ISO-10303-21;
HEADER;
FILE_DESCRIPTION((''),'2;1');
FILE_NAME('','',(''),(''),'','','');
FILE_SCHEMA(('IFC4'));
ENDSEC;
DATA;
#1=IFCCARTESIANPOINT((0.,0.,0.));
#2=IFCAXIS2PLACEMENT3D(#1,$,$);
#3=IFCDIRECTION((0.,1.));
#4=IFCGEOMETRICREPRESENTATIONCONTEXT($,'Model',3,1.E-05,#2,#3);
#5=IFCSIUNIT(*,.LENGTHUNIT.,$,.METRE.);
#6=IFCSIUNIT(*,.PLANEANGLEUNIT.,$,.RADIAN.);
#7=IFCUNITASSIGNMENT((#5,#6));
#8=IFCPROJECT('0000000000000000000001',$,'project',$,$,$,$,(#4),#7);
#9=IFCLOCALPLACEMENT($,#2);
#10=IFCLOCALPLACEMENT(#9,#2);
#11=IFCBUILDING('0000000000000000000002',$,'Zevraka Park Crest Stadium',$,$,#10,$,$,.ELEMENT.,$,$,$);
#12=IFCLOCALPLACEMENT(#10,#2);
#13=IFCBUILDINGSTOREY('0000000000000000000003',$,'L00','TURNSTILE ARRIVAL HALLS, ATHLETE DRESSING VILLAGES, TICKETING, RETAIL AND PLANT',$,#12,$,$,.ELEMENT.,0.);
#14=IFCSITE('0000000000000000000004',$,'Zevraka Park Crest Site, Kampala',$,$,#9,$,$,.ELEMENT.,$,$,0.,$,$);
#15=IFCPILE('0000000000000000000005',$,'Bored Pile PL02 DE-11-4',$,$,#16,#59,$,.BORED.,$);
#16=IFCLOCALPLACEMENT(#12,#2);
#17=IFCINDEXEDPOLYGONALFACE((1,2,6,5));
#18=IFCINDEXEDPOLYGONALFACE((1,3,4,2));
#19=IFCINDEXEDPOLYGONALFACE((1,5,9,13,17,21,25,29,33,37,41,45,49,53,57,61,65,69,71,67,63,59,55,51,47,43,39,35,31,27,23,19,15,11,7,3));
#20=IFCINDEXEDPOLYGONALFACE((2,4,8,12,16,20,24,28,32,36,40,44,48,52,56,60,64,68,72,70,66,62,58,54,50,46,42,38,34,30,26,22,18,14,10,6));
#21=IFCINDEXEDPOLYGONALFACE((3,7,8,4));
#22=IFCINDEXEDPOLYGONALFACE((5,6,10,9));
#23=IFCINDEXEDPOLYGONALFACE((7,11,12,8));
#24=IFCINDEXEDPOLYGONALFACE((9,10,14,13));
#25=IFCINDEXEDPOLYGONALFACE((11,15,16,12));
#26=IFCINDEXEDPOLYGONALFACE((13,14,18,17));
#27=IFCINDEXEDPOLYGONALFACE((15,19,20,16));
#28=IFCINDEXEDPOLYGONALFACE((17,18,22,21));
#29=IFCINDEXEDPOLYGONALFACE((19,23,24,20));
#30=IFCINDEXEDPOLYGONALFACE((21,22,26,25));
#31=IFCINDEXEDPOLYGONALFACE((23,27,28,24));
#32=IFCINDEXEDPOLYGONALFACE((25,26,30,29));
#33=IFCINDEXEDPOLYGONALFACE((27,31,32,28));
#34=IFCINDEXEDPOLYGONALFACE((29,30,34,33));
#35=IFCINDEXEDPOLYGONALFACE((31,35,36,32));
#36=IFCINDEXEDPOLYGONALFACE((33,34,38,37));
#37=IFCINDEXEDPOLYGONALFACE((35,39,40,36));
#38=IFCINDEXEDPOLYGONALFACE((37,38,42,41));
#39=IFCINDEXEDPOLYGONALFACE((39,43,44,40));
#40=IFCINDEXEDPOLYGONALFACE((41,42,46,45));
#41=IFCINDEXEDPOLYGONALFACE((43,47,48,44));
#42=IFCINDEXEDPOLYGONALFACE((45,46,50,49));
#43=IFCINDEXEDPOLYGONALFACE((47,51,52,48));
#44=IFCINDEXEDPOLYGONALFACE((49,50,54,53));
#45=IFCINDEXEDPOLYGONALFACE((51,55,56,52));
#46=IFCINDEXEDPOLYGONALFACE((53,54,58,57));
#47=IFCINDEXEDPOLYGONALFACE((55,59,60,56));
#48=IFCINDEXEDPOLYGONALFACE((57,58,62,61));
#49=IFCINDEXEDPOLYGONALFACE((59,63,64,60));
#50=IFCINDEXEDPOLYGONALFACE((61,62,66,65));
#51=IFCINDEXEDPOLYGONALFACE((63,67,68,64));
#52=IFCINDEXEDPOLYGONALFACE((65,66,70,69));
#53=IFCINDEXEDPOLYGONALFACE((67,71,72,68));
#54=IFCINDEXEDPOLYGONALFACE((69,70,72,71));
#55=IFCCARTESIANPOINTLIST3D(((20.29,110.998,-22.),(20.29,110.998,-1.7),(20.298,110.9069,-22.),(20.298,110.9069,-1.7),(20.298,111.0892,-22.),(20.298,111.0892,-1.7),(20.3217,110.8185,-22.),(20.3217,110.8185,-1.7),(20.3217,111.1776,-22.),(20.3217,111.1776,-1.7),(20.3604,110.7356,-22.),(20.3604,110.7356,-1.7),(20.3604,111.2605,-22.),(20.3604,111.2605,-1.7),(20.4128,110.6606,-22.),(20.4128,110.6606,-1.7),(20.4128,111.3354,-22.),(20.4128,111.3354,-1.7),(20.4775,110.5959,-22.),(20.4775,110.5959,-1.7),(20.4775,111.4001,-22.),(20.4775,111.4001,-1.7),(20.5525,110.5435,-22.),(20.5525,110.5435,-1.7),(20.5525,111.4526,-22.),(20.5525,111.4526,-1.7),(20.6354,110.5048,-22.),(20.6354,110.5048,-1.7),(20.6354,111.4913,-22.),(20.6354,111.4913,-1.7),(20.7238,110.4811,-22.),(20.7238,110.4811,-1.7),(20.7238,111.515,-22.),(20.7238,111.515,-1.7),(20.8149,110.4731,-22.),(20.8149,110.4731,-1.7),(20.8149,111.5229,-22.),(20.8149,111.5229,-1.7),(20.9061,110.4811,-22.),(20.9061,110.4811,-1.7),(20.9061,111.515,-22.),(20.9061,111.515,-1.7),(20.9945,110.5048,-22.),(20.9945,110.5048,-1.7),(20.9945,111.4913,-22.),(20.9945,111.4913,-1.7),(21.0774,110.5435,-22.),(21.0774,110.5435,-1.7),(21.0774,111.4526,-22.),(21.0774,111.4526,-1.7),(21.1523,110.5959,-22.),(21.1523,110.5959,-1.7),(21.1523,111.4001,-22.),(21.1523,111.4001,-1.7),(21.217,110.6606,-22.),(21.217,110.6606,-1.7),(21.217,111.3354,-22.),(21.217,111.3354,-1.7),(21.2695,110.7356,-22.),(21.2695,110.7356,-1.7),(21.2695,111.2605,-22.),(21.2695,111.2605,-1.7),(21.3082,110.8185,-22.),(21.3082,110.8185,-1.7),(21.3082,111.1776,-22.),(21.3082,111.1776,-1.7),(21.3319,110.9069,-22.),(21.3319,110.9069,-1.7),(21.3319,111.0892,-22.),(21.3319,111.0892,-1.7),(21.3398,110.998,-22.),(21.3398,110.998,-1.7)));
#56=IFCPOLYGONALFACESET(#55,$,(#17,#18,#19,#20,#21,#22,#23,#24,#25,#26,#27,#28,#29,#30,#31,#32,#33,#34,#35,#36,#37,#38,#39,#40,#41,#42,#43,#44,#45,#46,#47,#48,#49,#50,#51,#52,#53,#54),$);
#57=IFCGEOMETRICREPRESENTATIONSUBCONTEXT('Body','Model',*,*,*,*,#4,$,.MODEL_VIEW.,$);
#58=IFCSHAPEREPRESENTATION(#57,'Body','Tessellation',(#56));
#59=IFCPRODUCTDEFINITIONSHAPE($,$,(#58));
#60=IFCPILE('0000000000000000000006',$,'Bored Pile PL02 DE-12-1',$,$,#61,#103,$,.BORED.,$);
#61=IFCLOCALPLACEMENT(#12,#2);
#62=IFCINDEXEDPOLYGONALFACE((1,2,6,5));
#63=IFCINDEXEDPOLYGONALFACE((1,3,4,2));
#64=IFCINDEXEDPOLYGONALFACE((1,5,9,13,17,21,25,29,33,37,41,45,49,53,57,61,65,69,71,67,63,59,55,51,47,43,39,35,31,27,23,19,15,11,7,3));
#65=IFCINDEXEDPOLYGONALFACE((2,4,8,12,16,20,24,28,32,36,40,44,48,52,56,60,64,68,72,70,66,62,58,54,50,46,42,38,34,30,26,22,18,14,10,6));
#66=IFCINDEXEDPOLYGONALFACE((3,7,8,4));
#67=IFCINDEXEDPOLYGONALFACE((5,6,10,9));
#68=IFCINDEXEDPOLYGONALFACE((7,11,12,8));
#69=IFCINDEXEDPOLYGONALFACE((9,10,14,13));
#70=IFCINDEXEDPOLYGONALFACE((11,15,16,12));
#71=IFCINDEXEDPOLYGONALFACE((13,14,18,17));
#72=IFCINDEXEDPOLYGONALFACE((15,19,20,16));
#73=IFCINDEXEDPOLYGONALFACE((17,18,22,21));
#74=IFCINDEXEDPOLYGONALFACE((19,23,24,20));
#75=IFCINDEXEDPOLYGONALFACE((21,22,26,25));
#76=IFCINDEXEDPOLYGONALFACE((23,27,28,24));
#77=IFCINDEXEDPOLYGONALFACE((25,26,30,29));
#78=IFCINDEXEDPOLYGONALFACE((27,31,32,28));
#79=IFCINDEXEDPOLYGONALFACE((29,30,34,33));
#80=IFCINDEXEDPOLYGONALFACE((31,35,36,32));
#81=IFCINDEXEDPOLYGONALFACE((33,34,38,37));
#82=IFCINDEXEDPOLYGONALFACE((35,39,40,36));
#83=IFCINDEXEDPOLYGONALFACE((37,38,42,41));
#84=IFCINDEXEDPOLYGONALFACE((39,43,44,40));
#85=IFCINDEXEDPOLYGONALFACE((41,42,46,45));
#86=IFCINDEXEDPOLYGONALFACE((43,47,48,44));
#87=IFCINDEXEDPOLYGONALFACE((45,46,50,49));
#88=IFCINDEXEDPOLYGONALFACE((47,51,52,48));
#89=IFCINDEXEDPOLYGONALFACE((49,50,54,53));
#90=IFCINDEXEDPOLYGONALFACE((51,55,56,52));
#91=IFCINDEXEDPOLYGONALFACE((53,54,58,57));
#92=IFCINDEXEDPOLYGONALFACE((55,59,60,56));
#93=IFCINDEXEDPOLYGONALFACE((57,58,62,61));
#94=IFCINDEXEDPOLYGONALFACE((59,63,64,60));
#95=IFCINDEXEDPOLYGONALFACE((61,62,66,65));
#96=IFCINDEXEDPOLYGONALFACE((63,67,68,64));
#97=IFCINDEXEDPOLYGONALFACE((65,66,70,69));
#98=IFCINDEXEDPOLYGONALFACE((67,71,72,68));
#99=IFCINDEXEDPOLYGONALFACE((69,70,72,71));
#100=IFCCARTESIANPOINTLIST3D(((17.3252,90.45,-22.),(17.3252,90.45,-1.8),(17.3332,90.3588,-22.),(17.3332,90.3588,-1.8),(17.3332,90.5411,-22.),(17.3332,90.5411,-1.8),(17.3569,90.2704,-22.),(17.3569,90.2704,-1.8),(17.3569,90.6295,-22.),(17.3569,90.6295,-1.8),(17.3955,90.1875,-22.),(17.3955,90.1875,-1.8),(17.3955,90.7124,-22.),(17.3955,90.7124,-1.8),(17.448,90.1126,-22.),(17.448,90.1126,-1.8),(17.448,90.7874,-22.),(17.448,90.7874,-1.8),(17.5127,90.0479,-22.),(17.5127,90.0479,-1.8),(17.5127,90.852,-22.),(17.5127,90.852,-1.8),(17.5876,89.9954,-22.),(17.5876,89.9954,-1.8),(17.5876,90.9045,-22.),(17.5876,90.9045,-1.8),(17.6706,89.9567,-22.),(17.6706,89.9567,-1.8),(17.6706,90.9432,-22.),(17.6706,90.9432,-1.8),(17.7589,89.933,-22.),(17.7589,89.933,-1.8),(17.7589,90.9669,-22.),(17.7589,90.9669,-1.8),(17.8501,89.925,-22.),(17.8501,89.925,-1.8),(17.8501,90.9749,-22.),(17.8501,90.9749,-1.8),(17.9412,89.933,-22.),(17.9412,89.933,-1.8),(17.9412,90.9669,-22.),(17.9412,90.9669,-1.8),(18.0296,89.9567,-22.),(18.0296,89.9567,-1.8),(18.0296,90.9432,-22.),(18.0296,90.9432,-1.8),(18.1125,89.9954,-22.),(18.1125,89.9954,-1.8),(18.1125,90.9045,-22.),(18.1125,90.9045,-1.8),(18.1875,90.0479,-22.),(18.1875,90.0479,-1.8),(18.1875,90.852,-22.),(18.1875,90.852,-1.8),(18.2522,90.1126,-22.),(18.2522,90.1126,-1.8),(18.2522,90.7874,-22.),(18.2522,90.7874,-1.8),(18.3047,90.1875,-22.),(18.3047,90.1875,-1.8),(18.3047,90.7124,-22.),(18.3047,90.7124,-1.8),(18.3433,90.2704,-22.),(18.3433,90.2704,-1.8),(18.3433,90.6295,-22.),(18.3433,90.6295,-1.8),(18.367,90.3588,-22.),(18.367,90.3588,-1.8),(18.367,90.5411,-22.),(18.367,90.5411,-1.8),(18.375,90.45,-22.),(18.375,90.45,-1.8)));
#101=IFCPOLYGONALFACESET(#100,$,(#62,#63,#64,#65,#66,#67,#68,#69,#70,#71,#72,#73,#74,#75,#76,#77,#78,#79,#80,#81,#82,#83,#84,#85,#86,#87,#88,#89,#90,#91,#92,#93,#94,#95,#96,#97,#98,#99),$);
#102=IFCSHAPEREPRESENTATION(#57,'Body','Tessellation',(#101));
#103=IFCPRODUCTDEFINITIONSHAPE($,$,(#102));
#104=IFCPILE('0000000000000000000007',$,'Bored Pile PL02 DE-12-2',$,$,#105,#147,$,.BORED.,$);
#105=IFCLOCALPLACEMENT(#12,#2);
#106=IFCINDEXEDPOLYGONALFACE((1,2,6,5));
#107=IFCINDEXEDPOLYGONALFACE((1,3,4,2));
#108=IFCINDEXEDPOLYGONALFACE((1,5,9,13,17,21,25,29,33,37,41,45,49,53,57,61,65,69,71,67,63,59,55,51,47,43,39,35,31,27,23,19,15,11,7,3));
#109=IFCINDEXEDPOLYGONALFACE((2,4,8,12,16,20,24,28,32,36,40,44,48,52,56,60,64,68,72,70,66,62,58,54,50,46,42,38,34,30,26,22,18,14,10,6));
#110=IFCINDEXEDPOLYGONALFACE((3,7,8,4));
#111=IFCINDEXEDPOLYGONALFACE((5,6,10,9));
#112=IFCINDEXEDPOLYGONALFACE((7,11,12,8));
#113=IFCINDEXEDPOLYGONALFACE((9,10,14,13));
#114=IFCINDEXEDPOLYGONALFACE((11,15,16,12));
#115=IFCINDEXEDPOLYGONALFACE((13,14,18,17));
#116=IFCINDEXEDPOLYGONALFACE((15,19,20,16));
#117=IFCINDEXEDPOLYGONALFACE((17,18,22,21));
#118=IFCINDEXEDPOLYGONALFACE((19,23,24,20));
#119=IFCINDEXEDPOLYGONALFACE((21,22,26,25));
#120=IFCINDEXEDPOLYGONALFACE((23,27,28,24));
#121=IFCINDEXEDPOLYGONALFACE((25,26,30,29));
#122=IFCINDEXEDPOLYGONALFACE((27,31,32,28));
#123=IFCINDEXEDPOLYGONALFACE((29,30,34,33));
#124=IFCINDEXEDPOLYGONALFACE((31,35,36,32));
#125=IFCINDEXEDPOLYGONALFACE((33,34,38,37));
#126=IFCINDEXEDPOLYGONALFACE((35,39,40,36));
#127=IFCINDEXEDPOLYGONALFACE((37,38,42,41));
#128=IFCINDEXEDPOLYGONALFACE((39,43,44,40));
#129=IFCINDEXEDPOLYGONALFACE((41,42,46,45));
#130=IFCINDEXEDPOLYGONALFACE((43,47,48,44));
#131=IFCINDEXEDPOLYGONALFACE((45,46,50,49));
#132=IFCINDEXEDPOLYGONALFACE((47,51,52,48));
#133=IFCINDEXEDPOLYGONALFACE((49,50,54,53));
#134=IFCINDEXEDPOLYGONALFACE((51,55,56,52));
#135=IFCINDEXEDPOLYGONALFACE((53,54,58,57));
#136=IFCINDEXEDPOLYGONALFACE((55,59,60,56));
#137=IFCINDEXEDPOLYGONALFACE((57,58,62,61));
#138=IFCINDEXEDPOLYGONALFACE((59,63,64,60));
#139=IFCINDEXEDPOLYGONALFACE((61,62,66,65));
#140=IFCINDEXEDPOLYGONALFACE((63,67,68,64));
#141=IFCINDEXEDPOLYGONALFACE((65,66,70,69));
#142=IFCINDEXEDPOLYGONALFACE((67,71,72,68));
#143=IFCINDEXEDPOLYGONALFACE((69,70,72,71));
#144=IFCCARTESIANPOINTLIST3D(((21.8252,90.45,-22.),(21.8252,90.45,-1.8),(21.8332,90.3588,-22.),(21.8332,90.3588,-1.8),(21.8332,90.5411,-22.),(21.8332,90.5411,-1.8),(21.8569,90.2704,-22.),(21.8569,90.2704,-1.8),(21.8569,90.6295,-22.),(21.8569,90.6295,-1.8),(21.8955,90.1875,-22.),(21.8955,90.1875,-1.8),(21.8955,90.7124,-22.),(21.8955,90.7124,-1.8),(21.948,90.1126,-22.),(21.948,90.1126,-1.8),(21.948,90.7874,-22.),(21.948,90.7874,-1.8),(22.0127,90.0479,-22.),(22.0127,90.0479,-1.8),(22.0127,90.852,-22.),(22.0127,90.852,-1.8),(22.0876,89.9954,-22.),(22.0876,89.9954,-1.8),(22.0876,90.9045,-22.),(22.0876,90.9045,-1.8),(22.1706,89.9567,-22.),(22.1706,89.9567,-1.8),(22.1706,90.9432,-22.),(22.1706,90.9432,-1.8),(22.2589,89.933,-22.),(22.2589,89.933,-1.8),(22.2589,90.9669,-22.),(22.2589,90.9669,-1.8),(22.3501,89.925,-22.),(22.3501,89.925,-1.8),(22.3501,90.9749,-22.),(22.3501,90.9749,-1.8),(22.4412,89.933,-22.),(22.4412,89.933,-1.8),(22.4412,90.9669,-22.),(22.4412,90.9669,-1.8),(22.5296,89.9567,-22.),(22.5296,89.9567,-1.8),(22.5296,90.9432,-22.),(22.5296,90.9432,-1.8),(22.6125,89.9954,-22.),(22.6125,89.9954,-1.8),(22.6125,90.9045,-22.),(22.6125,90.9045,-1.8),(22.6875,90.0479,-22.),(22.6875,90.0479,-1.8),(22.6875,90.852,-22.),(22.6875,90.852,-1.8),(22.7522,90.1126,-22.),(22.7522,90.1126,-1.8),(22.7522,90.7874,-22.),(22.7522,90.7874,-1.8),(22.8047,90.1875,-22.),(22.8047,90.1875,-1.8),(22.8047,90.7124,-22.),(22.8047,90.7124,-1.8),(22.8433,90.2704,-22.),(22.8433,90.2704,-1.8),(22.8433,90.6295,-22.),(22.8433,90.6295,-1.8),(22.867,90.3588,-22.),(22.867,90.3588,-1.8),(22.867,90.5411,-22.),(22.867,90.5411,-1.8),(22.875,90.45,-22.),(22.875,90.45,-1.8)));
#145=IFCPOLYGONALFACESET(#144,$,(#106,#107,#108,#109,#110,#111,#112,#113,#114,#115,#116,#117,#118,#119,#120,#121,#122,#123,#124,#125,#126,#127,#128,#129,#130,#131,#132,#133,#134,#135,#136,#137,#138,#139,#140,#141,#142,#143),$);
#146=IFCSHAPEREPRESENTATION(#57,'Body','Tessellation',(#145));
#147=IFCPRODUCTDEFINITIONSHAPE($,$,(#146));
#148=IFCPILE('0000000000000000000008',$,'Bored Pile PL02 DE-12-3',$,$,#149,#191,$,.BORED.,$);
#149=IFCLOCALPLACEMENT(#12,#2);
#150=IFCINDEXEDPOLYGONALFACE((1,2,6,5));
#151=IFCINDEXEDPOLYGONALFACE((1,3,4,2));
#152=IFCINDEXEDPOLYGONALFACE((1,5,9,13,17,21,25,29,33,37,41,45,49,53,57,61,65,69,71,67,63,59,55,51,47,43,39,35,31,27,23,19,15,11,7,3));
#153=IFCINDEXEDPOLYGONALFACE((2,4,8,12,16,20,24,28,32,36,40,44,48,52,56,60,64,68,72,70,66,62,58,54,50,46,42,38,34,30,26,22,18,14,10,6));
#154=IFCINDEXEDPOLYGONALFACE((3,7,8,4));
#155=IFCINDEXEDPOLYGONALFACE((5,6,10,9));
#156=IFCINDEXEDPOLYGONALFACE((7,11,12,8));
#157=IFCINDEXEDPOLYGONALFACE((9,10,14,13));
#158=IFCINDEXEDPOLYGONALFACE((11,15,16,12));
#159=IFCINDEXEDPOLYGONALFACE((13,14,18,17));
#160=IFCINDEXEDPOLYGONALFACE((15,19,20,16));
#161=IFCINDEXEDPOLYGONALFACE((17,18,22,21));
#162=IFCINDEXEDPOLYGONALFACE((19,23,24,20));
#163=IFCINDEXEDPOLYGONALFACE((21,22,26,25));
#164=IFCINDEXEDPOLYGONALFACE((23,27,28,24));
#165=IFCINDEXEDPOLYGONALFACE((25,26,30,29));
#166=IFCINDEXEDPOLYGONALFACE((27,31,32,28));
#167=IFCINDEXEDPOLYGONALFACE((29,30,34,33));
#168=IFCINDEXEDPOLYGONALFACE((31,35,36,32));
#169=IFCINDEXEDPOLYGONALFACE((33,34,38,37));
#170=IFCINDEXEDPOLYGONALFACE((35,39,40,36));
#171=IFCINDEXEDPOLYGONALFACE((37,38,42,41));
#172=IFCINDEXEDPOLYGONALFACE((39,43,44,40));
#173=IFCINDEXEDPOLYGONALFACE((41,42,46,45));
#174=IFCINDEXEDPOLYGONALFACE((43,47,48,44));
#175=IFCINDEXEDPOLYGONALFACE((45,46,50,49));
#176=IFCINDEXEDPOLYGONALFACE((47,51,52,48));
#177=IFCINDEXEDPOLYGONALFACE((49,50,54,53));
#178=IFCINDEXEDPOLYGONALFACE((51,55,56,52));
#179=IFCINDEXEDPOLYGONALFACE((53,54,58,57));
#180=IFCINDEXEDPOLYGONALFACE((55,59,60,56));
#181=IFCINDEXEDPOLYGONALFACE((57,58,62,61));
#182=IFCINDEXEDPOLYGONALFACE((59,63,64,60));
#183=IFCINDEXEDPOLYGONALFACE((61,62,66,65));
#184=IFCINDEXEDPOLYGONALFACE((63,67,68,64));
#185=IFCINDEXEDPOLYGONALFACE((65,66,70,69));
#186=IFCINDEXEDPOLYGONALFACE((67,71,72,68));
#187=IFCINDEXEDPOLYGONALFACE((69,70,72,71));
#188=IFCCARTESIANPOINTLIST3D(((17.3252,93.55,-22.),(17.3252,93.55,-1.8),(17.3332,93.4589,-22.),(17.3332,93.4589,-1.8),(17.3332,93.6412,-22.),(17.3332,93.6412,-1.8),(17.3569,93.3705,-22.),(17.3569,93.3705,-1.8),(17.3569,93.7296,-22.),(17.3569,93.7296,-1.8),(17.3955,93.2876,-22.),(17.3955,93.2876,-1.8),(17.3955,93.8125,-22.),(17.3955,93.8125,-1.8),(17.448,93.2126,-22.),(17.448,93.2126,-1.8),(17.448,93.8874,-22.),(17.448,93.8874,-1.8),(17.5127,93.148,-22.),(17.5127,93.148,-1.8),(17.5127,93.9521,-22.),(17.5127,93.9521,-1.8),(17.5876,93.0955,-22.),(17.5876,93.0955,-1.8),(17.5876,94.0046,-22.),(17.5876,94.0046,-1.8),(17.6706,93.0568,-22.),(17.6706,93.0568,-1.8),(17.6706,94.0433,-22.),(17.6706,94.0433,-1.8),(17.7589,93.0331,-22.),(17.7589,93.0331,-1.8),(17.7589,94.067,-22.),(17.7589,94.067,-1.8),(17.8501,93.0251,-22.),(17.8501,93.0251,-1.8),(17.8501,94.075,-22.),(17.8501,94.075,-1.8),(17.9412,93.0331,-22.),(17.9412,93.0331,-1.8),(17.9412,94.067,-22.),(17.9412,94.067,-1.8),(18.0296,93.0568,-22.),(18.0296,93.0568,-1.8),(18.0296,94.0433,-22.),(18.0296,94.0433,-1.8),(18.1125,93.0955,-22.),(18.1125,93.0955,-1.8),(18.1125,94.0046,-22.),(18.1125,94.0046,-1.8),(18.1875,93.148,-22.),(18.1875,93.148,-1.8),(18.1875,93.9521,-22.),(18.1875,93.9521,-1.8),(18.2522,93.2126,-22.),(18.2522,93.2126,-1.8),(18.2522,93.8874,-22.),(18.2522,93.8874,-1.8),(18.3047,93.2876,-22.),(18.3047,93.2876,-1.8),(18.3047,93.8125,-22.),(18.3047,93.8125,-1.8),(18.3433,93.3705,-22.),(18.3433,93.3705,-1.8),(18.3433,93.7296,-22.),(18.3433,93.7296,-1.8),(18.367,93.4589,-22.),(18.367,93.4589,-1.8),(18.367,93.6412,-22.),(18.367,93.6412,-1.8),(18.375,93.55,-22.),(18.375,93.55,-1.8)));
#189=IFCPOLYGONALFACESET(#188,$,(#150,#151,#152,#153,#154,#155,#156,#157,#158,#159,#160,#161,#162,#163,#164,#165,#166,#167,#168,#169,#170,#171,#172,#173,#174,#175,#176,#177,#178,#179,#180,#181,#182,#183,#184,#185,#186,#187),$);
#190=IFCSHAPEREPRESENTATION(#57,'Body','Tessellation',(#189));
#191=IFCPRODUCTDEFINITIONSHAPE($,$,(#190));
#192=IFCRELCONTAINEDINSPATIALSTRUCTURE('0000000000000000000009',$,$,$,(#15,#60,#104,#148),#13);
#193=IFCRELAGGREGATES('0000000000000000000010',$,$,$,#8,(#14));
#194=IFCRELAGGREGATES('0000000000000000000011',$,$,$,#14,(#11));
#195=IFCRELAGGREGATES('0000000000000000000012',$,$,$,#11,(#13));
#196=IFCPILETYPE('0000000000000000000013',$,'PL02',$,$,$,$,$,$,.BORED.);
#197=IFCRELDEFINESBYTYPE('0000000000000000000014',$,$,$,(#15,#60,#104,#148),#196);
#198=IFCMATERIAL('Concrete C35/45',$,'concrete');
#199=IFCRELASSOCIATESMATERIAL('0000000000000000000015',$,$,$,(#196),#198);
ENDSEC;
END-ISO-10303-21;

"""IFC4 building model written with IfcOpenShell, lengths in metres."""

from ifc_helpers import new_model, si_unit, direction, frame, origin, origin_2d, place, context, subcontext, project, spatial, circle, extrude, material, material_profile, profile_set, type_object, element, save


model = new_model("IFC4")

# Units and contexts
model_context = context("Model", 3, precision=1e-05, world=origin(), true_north=direction((0.0, 1.0)))
body_context = subcontext(model_context, "Body", "Model", "MODEL_VIEW")
ifc_project = project(units=[si_unit("LENGTHUNIT", "METRE"), si_unit("PLANEANGLEUNIT", "RADIAN")], contexts=[model_context])

# Site, building, storey
site_placement = place(None, origin())
site = spatial("IfcSite", under=ifc_project, at=site_placement, Name="Zevraka Park Crest Site, Kampala", CompositionType="ELEMENT", RefElevation=0.0)
building_placement = place(site_placement, origin())
building = spatial("IfcBuilding", under=site, at=building_placement, Name="Zevraka Park Crest Stadium", CompositionType="ELEMENT")
storey_placement = place(building_placement, origin())
storey = spatial("IfcBuildingStorey", under=building, at=storey_placement, Name="L00", Description="TURNSTILE ARRIVAL HALLS, ATHLETE DRESSING VILLAGES, TICKETING, RETAIL AND PLANT", CompositionType="ELEMENT", Elevation=0.0)

# Piles
ifc_material_1 = material(Name="Concrete C35/45", Category="concrete")
ifc_material_profile_1 = material_profile(ifc_material_1, circle(Radius=0.5249, at=origin_2d()), Name="PILE D1050")
ifc_profile_set_1 = profile_set([ifc_material_profile_1], Name="Concrete C35/45")
pile_type_1 = type_object("IfcPileType", Name="PL02", PredefinedType="BORED", material=ifc_profile_set_1)
for number, where, z_axis, x_axis, name in (
    (1, (20.8149, 110.998, -1.7), (0.0, 0.0, -1.0), (1.0, 0.0, 0.0), "Bored Pile PL02 DE-11-4"),
):
    element("IfcPile", number, at=place(storey_placement, frame(where, z_axis=z_axis, x_axis=x_axis)), inside=storey, type_object=pile_type_1, Name=name, PredefinedType="BORED", context=body_context, shape_type="SweptSolid", body=[
        extrude(circle(Radius=0.5249, at=origin_2d()), origin(), (0.0, 0.0, 1.0), 20.3),
    ])
for number, where, z_axis, x_axis, name in (
    (2, (17.8501, 90.45, -1.8), (0.0, 0.0, -1.0), (1.0, 0.0, 0.0), "Bored Pile PL02 DE-12-1"),
    (3, (22.3501, 90.45, -1.8), (0.0, 0.0, -1.0), (1.0, 0.0, 0.0), "Bored Pile PL02 DE-12-2"),
    (4, (17.8501, 93.55, -1.8), (0.0, 0.0, -1.0), (1.0, 0.0, 0.0), "Bored Pile PL02 DE-12-3"),
):
    element("IfcPile", number, at=place(storey_placement, frame(where, z_axis=z_axis, x_axis=x_axis)), inside=storey, type_object=pile_type_1, Name=name, PredefinedType="BORED", context=body_context, shape_type="SweptSolid", body=[
        extrude(circle(Radius=0.5249, at=origin_2d()), origin(), (0.0, 0.0, 1.0), 20.2),
    ])

save(model, "model.ifc")
